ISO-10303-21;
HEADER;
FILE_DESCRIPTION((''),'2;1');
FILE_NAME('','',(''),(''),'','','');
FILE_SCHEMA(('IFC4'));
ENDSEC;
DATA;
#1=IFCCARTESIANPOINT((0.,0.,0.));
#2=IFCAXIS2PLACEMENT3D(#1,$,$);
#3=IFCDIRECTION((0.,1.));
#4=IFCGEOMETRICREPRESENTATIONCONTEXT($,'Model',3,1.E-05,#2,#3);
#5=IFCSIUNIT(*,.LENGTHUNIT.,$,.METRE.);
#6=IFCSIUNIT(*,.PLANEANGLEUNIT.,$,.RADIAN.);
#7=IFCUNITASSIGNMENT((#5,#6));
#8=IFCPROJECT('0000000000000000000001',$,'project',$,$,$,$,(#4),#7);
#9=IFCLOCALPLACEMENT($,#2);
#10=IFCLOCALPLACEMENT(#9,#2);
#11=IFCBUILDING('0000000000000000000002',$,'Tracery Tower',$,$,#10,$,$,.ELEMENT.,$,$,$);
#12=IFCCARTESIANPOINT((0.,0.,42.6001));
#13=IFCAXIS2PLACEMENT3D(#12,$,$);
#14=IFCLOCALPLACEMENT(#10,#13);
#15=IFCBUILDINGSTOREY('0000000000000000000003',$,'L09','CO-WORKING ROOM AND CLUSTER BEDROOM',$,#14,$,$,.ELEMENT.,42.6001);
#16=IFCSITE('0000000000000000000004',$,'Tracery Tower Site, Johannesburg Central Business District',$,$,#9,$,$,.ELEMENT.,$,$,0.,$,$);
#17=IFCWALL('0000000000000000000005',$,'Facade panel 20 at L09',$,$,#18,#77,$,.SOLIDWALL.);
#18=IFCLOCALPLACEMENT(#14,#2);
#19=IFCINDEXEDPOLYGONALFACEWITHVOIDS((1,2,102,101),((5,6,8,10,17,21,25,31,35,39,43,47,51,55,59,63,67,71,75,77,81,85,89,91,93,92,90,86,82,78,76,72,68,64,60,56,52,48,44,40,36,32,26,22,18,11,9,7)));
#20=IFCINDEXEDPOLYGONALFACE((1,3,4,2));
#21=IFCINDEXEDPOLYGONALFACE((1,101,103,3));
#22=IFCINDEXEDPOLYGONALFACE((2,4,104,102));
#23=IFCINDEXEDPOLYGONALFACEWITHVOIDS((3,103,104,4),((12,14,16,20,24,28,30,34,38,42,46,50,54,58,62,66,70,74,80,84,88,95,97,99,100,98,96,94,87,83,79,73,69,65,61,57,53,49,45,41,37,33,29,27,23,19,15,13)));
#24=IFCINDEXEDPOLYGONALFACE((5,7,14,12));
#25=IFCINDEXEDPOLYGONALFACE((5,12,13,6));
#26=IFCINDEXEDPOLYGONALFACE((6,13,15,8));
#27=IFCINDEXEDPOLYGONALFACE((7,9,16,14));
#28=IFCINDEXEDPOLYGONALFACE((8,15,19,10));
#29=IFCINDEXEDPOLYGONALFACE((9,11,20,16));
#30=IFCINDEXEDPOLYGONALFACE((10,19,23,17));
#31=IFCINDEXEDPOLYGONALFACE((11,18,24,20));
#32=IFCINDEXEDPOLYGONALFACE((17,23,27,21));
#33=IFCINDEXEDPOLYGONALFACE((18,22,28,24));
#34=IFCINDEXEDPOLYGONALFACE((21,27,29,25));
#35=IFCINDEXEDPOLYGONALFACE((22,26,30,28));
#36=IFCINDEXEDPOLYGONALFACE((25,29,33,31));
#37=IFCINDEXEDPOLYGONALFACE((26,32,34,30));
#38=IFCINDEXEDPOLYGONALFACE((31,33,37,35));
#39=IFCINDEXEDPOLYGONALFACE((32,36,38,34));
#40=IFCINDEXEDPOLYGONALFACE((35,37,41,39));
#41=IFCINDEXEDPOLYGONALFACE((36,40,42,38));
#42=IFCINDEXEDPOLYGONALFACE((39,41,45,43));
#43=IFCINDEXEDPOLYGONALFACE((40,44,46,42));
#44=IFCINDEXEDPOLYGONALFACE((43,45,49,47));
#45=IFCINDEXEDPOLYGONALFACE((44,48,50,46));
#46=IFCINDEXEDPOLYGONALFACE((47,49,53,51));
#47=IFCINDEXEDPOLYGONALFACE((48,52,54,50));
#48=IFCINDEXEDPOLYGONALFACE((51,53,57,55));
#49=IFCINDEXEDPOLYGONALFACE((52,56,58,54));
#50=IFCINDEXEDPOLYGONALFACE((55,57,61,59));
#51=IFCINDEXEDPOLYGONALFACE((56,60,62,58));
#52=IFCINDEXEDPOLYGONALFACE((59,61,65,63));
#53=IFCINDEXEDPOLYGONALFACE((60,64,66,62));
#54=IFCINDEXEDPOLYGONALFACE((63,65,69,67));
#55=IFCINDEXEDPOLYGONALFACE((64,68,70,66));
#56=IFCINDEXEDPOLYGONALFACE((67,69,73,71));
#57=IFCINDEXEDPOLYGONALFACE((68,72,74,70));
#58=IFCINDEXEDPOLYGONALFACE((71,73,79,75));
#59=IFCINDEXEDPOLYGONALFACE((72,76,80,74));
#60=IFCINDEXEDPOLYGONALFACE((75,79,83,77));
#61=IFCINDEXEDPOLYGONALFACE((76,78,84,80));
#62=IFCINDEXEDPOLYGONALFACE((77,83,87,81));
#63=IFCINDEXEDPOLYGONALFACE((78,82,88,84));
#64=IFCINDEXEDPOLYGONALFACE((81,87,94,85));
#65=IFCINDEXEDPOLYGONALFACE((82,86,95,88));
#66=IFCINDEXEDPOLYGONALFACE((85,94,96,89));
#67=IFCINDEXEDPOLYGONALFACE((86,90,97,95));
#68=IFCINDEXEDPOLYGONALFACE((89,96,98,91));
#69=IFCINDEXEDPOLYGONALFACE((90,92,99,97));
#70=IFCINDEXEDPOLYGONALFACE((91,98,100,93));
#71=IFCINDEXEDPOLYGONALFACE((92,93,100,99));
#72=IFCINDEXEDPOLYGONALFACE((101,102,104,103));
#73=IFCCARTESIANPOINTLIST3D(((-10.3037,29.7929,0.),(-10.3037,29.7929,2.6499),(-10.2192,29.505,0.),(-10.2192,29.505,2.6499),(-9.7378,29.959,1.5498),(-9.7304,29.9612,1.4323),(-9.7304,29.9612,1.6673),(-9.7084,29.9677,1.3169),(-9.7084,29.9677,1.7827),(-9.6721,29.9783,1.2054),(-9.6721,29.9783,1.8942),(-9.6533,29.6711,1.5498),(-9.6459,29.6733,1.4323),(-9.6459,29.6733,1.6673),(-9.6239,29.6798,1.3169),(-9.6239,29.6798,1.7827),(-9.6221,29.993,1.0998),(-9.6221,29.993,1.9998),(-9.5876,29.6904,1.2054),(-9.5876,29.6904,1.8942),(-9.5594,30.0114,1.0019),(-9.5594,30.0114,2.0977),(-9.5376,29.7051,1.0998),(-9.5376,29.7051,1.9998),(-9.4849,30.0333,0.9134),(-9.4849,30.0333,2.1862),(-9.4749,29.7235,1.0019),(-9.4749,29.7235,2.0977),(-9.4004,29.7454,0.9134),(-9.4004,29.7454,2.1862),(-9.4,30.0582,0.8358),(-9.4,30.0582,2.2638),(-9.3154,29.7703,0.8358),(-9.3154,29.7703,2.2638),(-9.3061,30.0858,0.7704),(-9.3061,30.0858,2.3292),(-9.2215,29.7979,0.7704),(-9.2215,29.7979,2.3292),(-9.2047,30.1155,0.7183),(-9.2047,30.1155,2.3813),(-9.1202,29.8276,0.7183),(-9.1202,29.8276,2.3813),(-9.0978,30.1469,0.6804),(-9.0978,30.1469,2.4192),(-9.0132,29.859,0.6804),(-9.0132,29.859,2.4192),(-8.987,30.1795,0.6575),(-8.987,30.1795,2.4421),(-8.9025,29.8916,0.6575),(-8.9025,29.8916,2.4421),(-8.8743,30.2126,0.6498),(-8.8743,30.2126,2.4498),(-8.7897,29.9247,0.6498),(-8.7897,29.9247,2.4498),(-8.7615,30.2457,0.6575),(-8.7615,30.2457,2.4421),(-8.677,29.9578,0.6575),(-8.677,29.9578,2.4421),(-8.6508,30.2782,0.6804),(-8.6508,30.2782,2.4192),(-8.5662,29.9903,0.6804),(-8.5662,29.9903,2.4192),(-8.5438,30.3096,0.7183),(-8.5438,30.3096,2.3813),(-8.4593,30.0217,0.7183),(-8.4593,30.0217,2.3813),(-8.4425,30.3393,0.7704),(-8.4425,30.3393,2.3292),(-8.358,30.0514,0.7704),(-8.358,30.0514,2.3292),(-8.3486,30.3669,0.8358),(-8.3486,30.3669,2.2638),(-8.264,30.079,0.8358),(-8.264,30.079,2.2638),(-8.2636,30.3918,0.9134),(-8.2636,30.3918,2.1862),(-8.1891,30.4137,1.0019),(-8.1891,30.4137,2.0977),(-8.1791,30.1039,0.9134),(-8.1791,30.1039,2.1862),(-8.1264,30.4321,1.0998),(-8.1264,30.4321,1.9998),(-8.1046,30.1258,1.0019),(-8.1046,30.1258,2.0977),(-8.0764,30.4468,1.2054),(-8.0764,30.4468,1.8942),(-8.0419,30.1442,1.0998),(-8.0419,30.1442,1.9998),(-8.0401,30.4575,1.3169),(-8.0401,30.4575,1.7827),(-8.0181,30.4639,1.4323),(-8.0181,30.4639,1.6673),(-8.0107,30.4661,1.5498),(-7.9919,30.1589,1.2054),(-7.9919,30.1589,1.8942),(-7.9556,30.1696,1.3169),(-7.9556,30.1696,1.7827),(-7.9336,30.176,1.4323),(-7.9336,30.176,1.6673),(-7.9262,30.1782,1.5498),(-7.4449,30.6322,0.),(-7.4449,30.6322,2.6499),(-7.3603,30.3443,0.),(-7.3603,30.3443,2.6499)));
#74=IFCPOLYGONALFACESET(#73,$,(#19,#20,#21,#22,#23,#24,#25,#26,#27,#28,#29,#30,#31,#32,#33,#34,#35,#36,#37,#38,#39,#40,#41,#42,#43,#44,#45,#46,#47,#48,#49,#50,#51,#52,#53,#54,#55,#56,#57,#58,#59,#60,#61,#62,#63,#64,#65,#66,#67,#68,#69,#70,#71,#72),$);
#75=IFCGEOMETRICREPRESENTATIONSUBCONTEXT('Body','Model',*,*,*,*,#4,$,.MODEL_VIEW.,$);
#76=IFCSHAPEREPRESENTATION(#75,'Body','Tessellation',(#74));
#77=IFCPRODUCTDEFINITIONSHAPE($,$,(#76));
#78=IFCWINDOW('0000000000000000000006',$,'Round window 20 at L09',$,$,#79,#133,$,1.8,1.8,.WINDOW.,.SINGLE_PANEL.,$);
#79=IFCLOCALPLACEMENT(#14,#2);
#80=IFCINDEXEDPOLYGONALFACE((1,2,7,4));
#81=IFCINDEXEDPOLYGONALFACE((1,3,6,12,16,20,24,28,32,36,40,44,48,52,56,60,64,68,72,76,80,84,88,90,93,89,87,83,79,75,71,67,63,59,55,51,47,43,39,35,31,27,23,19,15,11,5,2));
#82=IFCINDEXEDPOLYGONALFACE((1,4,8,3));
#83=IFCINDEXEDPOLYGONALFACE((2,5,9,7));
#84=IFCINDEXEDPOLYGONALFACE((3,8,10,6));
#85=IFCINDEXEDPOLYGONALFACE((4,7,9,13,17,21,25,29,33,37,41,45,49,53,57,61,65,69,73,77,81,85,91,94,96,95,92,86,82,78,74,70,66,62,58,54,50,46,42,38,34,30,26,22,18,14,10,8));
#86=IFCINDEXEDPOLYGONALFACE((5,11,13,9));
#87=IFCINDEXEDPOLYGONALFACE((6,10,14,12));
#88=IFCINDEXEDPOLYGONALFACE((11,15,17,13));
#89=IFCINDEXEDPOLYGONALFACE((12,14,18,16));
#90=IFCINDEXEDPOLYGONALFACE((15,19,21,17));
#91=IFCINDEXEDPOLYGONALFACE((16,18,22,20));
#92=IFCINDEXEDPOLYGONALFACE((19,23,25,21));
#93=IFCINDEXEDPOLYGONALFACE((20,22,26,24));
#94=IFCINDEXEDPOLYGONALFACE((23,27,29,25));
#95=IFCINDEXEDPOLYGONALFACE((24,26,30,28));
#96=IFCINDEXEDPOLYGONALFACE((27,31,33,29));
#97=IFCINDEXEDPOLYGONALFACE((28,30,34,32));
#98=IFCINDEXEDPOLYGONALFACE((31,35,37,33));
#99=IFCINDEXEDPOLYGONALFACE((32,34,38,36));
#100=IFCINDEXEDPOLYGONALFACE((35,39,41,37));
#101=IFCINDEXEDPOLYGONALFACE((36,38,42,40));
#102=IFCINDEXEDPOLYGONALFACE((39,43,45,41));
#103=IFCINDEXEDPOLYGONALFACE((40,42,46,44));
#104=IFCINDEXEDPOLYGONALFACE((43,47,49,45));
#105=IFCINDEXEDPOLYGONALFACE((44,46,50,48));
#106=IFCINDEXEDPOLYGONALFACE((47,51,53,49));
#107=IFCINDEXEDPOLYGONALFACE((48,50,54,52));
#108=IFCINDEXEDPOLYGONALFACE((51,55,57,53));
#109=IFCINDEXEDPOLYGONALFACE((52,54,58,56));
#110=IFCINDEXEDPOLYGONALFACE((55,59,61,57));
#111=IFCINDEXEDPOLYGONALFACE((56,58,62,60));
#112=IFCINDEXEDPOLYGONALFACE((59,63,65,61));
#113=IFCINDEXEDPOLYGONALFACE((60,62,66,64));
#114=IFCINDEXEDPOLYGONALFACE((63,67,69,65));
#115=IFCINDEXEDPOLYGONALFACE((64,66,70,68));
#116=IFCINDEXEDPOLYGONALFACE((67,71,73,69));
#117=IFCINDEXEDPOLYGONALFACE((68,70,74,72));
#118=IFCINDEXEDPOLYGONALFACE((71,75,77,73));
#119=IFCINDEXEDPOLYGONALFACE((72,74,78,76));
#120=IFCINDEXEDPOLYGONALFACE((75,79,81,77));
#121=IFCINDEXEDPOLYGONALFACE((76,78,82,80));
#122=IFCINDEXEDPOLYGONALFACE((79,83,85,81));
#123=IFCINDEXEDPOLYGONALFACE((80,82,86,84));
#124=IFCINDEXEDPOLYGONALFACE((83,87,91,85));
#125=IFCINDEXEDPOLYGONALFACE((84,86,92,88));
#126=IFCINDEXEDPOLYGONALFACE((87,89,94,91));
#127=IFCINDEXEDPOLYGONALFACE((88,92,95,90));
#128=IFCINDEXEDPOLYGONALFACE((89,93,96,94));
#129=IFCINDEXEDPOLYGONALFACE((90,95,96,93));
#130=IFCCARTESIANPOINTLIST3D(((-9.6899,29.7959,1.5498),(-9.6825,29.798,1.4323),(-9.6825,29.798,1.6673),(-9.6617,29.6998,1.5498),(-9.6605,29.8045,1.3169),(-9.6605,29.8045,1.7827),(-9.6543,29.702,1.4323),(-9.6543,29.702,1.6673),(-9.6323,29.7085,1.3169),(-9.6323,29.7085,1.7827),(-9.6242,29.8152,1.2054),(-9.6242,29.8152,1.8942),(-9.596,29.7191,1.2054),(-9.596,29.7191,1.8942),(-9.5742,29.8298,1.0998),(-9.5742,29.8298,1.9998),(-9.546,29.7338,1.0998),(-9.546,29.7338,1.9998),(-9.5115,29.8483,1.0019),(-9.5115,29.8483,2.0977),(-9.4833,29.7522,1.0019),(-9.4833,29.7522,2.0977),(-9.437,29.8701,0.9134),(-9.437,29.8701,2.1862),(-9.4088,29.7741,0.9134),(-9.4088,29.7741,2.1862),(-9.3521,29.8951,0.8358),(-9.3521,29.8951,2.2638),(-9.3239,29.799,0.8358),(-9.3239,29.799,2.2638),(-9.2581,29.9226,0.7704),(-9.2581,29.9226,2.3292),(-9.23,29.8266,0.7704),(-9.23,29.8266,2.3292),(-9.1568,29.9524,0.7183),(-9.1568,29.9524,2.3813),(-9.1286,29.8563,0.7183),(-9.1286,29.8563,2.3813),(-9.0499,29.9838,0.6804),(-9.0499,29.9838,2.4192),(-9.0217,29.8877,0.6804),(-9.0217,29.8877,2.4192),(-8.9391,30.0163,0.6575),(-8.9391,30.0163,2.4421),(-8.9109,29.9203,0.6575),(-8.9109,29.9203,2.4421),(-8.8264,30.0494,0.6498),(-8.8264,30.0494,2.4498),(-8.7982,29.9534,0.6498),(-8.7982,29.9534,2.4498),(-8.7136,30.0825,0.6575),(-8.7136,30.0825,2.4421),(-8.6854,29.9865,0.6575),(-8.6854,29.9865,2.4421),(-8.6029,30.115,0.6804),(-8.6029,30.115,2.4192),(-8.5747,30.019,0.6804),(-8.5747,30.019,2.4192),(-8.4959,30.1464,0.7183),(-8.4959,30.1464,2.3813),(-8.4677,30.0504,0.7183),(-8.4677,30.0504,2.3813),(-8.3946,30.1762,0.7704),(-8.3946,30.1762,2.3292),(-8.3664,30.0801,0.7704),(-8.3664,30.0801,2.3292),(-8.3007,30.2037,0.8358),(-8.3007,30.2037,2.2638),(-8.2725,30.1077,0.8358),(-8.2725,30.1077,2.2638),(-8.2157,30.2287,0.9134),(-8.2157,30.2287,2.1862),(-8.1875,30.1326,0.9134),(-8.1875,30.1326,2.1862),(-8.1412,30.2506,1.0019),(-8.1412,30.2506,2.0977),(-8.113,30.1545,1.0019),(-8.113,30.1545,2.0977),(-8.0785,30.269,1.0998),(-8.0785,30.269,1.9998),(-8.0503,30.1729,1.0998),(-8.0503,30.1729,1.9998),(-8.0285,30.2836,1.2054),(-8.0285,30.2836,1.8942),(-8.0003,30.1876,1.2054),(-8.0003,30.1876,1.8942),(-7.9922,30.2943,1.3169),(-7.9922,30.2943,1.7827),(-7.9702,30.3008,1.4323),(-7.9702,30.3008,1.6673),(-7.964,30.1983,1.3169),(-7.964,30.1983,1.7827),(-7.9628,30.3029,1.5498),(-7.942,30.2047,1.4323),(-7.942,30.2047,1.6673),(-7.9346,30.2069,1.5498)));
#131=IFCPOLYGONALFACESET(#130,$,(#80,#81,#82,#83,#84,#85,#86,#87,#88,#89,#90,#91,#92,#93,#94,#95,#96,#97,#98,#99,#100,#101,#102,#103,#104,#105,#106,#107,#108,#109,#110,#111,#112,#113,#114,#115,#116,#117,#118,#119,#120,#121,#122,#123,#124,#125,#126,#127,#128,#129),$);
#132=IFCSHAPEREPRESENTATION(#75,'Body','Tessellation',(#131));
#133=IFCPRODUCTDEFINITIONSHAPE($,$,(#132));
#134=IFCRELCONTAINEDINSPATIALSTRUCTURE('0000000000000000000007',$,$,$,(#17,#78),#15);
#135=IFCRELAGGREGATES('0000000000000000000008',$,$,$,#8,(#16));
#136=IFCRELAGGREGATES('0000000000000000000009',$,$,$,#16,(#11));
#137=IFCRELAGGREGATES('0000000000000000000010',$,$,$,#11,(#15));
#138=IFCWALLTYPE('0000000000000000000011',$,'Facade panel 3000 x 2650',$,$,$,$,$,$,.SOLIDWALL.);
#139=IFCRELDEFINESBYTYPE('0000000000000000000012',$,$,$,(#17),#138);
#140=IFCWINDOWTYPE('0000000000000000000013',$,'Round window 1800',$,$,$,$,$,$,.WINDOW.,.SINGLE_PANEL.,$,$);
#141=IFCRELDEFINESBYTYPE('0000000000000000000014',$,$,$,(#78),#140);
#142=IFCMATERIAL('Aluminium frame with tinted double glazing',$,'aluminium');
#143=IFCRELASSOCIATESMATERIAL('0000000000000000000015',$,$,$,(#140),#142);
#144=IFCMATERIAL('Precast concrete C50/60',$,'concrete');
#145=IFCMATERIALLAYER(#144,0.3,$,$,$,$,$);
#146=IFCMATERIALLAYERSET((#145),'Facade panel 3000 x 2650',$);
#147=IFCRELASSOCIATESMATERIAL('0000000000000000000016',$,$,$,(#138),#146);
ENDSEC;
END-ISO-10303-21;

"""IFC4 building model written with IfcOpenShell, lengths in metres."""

from ifc_helpers import new_model, si_unit, direction, frame, frame_2d, origin, origin_2d, place, context, subcontext, project, spatial, rectangle, circle, extrude, material, layer, layer_set, type_object, element, fill, save


model = new_model("IFC4")

# Units and contexts
model_context = context("Model", 3, precision=1e-05, world=origin(), true_north=direction((0.0, 1.0)))
body_context = subcontext(model_context, "Body", "Model", "MODEL_VIEW")
ifc_project = project(units=[si_unit("LENGTHUNIT", "METRE"), si_unit("PLANEANGLEUNIT", "RADIAN")], contexts=[model_context])

# Site, building, storey
site_placement = place(None, origin())
site = spatial("IfcSite", under=ifc_project, at=site_placement, Name="Tracery Tower Site, Johannesburg Central Business District", CompositionType="ELEMENT", RefElevation=0.0)
building_placement = place(site_placement, origin())
building = spatial("IfcBuilding", under=site, at=building_placement, Name="Tracery Tower", CompositionType="ELEMENT")
storey_placement = place(building_placement, frame((0.0, 0.0, 42.6001)))
storey = spatial("IfcBuildingStorey", under=building, at=storey_placement, Name="L09", Description="CO-WORKING ROOM AND CLUSTER BEDROOM", CompositionType="ELEMENT", Elevation=42.6001)

# Wall, opening, window
ifc_material_1 = material(Name="Aluminium frame with tinted double glazing", Category="aluminium")
window_type = type_object("IfcWindowType", Name="Round window 1800", PartitioningType="SINGLE_PANEL", PredefinedType="WINDOW", material=ifc_material_1)
ifc_material_2 = material(Name="Precast concrete C50/60", Category="concrete")
ifc_layer_1 = layer(ifc_material_2, 0.3)
ifc_layer_set_1 = layer_set([ifc_layer_1], Name="Facade panel 3000 x 2650")
wall_type_1 = type_object("IfcWallType", Name="Facade panel 3000 x 2650", PredefinedType="SOLIDWALL", material=ifc_layer_set_1)
wall_1_placement = place(storey_placement, frame((-7.4026, 30.4883, 0.0), z_axis=(0.0, 0.0, 1.0), x_axis=(-0.959501, -0.281705, 0.0)))
wall_1 = element("IfcWall", 1, at=wall_1_placement, inside=storey, type_object=wall_type_1, Name="Facade panel 20 at L09", PredefinedType="SOLIDWALL", context=body_context, shape_type="SweptSolid", body=[
    extrude(rectangle(XDim=2.9795, YDim=0.3, at=frame_2d((1.4897, 0.0))), origin(), (0.0, 0.0, 1.0), 2.6499),
])
opening_1_placement = place(wall_1_placement, frame((1.4897, 0.0, 1.5498)))
opening_1 = element("IfcOpeningElement", 2, at=opening_1_placement, cuts=wall_1, PredefinedType="OPENING", context=body_context, shape_type="SweptSolid", body=[
    extrude(circle(Radius=0.9, at=origin_2d()), frame((0.0, 0.1599, 0.0), z_axis=(0.0, -1.0, 0.0), x_axis=(1.0, 0.0, 0.0)), (0.0, 0.0, 1.0), 0.3201),
])
window_1_placement = place(opening_1_placement, origin())
window_1 = element("IfcWindow", 3, at=window_1_placement, inside=storey, type_object=window_type, Name="Round window 20 at L09", OverallHeight=1.8, OverallWidth=1.8, PartitioningType="SINGLE_PANEL", PredefinedType="WINDOW", context=body_context, shape_type="SweptSolid", body=[
    extrude(circle(Radius=0.9, at=origin_2d()), frame((0.0, 0.1201, 0.0), z_axis=(0.0, -1.0, 0.0), x_axis=(1.0, 0.0, 0.0)), (0.0, 0.0, 1.0), 0.1001),
])
fill(opening_1, window_1)

save(model, "model.ifc")
